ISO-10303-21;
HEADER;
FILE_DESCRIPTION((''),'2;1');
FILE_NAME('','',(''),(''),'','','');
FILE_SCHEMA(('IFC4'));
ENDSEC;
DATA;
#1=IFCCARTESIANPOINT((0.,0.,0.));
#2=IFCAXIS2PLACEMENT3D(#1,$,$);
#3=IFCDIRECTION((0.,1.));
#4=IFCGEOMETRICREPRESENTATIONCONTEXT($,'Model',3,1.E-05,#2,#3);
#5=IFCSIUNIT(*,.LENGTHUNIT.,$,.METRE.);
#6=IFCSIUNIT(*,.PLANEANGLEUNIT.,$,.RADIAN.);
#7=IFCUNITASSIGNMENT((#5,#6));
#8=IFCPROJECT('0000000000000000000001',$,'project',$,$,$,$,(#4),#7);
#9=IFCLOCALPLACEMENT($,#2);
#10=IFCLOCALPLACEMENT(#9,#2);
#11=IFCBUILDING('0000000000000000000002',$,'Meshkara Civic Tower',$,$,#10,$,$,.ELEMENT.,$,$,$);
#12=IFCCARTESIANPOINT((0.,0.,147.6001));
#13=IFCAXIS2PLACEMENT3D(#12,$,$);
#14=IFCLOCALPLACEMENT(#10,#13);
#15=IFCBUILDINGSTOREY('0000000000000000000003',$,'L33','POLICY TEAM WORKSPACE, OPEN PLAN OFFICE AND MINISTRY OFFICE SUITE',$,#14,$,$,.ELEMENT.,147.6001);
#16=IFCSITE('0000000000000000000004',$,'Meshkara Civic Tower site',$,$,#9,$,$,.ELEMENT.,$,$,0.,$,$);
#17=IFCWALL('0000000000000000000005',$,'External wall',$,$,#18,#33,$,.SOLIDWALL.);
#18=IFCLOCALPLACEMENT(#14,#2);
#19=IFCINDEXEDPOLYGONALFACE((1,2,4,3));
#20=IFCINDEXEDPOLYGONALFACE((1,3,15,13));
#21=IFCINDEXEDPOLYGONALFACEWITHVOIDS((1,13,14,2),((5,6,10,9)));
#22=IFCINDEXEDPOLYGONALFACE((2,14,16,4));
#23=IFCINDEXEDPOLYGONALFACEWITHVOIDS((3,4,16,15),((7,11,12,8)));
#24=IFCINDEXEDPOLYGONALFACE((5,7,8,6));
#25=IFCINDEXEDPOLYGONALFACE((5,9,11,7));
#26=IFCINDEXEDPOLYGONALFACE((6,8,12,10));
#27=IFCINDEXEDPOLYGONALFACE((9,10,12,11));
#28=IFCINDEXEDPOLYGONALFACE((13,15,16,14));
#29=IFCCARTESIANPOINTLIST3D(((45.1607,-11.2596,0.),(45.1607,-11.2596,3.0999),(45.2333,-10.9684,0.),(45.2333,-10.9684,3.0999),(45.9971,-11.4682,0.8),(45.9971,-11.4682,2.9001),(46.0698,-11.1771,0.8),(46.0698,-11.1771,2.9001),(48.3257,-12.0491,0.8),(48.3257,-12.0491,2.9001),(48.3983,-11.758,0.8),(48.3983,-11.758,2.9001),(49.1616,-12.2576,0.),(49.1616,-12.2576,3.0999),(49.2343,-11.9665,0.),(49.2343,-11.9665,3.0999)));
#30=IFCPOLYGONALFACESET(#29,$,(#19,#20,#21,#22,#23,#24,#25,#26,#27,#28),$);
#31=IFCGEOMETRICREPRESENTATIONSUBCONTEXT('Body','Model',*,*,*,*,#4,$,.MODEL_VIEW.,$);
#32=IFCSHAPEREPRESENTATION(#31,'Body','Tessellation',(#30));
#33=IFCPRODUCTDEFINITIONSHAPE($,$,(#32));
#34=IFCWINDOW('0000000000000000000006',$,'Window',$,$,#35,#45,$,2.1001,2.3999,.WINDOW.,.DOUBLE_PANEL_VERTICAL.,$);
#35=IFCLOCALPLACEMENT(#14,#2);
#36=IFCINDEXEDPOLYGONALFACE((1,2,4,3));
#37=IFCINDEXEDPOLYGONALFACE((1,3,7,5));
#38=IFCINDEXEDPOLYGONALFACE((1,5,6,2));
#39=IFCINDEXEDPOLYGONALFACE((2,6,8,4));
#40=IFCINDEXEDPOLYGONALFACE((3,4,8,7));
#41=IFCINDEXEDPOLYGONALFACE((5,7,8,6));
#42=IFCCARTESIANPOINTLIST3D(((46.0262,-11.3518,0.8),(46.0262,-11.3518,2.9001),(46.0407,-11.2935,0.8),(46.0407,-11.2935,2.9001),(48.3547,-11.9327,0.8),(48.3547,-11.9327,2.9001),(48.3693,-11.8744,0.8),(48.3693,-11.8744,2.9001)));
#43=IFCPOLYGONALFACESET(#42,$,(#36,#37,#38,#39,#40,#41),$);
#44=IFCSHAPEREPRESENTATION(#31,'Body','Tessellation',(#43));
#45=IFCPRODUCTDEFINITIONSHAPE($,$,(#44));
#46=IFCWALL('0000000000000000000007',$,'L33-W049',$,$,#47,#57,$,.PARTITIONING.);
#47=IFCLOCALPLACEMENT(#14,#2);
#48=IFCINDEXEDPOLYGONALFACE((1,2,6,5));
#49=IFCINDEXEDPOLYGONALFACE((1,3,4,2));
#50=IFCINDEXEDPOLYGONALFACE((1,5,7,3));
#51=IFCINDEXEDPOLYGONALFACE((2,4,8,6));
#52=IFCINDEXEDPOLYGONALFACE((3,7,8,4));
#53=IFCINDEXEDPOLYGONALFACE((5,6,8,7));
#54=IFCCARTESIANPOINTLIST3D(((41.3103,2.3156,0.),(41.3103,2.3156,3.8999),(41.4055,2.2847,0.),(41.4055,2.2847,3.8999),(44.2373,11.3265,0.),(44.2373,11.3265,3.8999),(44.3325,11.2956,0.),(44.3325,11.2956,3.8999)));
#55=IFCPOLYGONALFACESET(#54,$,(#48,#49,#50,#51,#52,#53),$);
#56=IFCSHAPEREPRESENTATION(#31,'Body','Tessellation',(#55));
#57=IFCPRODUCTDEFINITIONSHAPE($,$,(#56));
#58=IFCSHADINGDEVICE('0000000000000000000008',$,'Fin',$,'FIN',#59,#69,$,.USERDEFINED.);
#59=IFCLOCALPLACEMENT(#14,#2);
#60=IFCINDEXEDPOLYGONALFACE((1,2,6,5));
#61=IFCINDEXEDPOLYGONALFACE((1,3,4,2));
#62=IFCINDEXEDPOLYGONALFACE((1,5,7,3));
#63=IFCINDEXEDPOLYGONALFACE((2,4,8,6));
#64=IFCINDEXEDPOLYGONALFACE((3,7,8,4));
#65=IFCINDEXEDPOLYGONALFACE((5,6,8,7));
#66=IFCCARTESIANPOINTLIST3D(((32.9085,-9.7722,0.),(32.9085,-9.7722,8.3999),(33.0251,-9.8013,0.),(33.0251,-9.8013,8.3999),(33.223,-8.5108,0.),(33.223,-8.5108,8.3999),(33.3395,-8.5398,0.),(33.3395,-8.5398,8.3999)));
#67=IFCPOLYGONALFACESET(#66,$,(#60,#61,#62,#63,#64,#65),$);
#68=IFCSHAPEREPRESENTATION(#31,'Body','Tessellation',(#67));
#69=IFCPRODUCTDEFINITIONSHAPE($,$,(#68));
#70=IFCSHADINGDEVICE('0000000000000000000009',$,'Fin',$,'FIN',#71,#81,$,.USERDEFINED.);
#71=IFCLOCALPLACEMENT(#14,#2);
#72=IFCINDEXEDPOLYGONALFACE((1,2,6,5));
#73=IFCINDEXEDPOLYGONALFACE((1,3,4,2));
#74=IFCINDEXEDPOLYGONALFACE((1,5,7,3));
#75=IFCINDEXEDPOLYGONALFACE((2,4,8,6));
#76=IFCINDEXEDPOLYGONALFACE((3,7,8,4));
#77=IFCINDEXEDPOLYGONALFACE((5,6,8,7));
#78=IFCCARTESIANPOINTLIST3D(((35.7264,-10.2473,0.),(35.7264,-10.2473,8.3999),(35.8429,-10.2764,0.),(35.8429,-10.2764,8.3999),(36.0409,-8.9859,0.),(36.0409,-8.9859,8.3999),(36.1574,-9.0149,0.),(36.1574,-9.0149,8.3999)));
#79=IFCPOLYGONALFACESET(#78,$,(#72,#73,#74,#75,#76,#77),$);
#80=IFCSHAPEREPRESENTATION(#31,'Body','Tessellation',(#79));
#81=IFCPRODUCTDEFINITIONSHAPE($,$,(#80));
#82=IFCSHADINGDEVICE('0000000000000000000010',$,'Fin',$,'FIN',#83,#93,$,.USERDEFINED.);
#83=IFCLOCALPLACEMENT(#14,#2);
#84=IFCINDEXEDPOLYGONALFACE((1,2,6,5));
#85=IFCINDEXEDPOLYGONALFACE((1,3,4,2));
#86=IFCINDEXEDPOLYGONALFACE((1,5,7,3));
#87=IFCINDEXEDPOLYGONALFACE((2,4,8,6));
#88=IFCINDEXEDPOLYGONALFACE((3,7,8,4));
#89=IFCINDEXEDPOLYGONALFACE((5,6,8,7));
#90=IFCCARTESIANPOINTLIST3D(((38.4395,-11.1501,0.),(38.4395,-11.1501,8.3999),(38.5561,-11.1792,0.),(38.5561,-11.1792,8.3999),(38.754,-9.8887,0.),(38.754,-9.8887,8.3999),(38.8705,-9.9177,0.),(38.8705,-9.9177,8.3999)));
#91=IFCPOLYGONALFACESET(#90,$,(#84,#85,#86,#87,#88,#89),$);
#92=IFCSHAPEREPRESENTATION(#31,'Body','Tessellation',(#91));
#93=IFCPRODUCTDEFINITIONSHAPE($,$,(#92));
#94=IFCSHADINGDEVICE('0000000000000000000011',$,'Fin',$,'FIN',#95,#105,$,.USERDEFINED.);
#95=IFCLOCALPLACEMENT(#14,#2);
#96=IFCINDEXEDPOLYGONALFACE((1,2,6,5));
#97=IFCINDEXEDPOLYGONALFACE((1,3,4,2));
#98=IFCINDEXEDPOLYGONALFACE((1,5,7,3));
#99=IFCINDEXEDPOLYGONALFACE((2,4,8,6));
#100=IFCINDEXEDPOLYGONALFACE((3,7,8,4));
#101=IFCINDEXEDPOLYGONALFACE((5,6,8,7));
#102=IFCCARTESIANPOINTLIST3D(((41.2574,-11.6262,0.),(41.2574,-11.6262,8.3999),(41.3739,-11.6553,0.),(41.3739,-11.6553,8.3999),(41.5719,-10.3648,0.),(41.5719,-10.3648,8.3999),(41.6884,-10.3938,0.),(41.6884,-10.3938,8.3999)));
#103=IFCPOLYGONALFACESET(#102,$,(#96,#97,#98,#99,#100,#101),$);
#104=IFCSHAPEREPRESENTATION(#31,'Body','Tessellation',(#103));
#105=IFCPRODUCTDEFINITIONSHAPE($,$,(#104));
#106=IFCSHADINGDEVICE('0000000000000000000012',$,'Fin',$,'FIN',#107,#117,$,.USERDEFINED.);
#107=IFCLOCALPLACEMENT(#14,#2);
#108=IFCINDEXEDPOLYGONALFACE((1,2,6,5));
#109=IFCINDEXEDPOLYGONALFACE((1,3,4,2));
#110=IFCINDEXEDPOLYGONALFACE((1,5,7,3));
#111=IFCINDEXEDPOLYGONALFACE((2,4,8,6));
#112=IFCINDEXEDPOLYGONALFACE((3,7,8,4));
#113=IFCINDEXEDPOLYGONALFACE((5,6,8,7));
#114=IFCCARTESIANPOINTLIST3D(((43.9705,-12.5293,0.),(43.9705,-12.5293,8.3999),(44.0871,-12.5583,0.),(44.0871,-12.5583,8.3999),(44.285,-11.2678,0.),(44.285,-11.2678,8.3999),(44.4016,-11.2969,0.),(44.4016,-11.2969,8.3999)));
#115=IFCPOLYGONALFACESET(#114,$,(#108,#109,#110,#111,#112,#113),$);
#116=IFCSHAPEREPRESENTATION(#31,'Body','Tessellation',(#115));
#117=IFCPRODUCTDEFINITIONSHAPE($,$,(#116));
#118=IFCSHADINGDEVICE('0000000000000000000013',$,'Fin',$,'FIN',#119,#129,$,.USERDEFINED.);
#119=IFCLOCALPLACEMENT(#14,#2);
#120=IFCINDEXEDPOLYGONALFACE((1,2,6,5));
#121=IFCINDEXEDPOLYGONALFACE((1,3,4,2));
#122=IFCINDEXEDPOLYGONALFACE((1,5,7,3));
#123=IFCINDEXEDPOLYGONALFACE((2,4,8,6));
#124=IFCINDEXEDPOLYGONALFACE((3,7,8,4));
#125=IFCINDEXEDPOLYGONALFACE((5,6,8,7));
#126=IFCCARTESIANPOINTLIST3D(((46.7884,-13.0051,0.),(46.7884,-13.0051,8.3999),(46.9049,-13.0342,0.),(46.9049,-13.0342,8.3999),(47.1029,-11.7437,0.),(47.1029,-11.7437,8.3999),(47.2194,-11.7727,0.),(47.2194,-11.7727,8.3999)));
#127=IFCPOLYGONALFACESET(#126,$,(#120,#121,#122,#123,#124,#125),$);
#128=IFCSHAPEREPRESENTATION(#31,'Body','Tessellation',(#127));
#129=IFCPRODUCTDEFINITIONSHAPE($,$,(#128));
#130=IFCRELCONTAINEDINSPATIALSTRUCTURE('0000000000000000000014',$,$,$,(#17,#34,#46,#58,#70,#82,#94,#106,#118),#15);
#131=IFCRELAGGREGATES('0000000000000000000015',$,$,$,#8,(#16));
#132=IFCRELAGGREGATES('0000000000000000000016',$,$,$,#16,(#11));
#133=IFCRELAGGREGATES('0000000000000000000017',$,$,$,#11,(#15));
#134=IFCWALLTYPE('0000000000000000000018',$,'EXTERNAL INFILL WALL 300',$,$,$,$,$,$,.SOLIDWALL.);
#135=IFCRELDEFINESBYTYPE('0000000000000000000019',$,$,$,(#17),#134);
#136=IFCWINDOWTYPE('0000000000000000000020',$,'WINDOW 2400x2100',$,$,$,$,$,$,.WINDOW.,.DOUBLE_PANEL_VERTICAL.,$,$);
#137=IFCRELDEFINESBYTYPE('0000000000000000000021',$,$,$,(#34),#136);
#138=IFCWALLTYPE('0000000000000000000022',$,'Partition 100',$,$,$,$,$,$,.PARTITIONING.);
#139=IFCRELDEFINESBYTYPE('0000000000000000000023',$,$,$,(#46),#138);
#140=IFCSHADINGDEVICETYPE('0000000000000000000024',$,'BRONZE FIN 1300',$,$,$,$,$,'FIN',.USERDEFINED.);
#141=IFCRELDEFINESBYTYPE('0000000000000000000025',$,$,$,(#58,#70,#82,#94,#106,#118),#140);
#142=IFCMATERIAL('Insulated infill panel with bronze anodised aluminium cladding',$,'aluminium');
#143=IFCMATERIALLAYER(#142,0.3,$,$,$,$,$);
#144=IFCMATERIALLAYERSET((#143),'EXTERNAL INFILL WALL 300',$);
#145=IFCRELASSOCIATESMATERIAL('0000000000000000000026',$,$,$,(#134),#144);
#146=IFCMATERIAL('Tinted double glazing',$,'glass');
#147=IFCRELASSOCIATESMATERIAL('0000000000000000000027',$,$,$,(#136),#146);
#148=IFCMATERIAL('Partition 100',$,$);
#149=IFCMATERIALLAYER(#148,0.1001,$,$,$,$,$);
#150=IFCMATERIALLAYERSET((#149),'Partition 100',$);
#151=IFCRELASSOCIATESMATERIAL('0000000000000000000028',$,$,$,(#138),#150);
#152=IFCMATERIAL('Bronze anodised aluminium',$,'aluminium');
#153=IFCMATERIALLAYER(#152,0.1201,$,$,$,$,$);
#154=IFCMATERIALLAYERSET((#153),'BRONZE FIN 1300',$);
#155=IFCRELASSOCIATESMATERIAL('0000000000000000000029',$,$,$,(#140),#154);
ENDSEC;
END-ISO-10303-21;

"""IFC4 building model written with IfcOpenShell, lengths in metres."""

from ifc_helpers import new_model, si_unit, direction, frame, frame_2d, origin, origin_2d, place, context, subcontext, project, spatial, rectangle, extrude, material, layer, layer_set, type_object, element, fill, save


model = new_model("IFC4")

# Units and contexts
model_context = context("Model", 3, precision=1e-05, world=origin(), true_north=direction((0.0, 1.0)))
body_context = subcontext(model_context, "Body", "Model", "MODEL_VIEW")
ifc_project = project(units=[si_unit("LENGTHUNIT", "METRE"), si_unit("PLANEANGLEUNIT", "RADIAN")], contexts=[model_context])

# Site, building, storey
site_placement = place(None, origin())
site = spatial("IfcSite", under=ifc_project, at=site_placement, Name="Meshkara Civic Tower site", CompositionType="ELEMENT", RefElevation=0.0)
building_placement = place(site_placement, origin())
building = spatial("IfcBuilding", under=site, at=building_placement, Name="Meshkara Civic Tower", CompositionType="ELEMENT")
storey_placement = place(building_placement, frame((0.0, 0.0, 147.6001)))
storey = spatial("IfcBuildingStorey", under=building, at=storey_placement, Name="L33", Description="POLICY TEAM WORKSPACE, OPEN PLAN OFFICE AND MINISTRY OFFICE SUITE", CompositionType="ELEMENT", Elevation=147.6001)

# Wall, opening, window
ifc_material_1 = material(Name="Insulated infill panel with bronze anodised aluminium cladding", Category="aluminium")
ifc_layer_1 = layer(ifc_material_1, 0.3)
ifc_layer_set_1 = layer_set([ifc_layer_1], Name="EXTERNAL INFILL WALL 300")
wall_type_1 = type_object("IfcWallType", Name="EXTERNAL INFILL WALL 300", PredefinedType="SOLIDWALL", material=ifc_layer_set_1)
ifc_material_2 = material(Name="Tinted double glazing", Category="glass")
window_type = type_object("IfcWindowType", Name="WINDOW 2400x2100", PartitioningType="DOUBLE_PANEL_VERTICAL", PredefinedType="WINDOW", material=ifc_material_2)
wall_1_placement = place(storey_placement, frame((45.197, -11.114, 0.0), z_axis=(0.0, 0.0, 1.0), x_axis=(0.970268, -0.242034, 0.0)))
wall_1 = element("IfcWall", 1, at=wall_1_placement, inside=storey, type_object=wall_type_1, Name="External wall", PredefinedType="SOLIDWALL", context=body_context, shape_type="SweptSolid", body=[
    extrude(rectangle(XDim=4.1235, YDim=0.3, at=frame_2d((2.0618, 0.0))), origin(), (0.0, 0.0, 1.0), 3.0999),
])
opening_1_placement = place(wall_1_placement, frame((0.8621, 0.0, 0.8)))
opening_1 = element("IfcOpeningElement", 2, at=opening_1_placement, cuts=wall_1, PredefinedType="OPENING", context=body_context, shape_type="SweptSolid", body=[
    extrude(rectangle(XDim=2.3999, YDim=2.1001, at=frame_2d((1.2, 1.05))), frame((0.0, 0.1599, 0.0), z_axis=(0.0, -1.0, 0.0), x_axis=(1.0, 0.0, 0.0)), (0.0, 0.0, 1.0), 0.3201),
])
window_1_placement = place(opening_1_placement, origin())
window_1 = element("IfcWindow", 3, at=window_1_placement, inside=storey, type_object=window_type, Name="Window", OverallHeight=2.1001, OverallWidth=2.3999, PartitioningType="DOUBLE_PANEL_VERTICAL", PredefinedType="WINDOW", context=body_context, shape_type="SweptSolid", body=[
    extrude(rectangle(XDim=2.3999, YDim=2.1001, at=frame_2d((1.2, 1.05))), frame((0.0, 0.03, 0.0), z_axis=(0.0, -1.0, 0.0), x_axis=(1.0, 0.0, 0.0)), (0.0, 0.0, 1.0), 0.0601),
])
fill(opening_1, window_1)

# Wall
ifc_material_3 = material(Name="Partition 100")
ifc_layer_2 = layer(ifc_material_3, 0.1001)
ifc_layer_set_2 = layer_set([ifc_layer_2], Name="Partition 100")
wall_type_2 = type_object("IfcWallType", Name="Partition 100", PredefinedType="PARTITIONING", material=ifc_layer_set_2)
wall_2_placement = place(storey_placement, frame((41.3579, 2.3, 0.0), z_axis=(0.0, 0.0, 1.0), x_axis=(0.308936, 0.951083, 0.0)))
element("IfcWall", 4, at=wall_2_placement, inside=storey, type_object=wall_type_2, Name="L33-W049", PredefinedType="PARTITIONING", context=body_context, shape_type="SweptSolid", body=[
    extrude(rectangle(XDim=9.4744, YDim=0.1001, at=frame_2d((4.7373, 0.0))), origin(), (0.0, 0.0, 1.0), 3.8999),
])

# Shading devices
ifc_material_4 = material(Name="Bronze anodised aluminium", Category="aluminium")
ifc_layer_3 = layer(ifc_material_4, 0.1201)
ifc_layer_set_3 = layer_set([ifc_layer_3], Name="BRONZE FIN 1300")
shading_device_type = type_object("IfcShadingDeviceType", Name="BRONZE FIN 1300", ElementType="FIN", PredefinedType="USERDEFINED", material=ifc_layer_set_3)
for number, where, z_axis, x_axis, name in (
    (5, (33.124, -9.156, 0.0), (0.0, 0.0, 1.0), (0.9703, -0.241905, 0.0), "Fin"),
    (6, (35.9419, -9.6311, 0.0), (0.0, 0.0, 1.0), (0.9703, -0.241905, 0.0), "Fin"),
    (7, (38.655, -10.5339, 0.0), (0.0, 0.0, 1.0), (0.9703, -0.241905, 0.0), "Fin"),
    (8, (41.4729, -11.01, 0.0), (0.0, 0.0, 1.0), (0.9703, -0.241905, 0.0), "Fin"),
    (9, (44.186, -11.9131, 0.0), (0.0, 0.0, 1.0), (0.9703, -0.241905, 0.0), "Fin"),
    (10, (47.0039, -12.3889, 0.0), (0.0, 0.0, 1.0), (0.9703, -0.241905, 0.0), "Fin"),
):
    element("IfcShadingDevice", number, at=place(storey_placement, frame(where, z_axis=z_axis, x_axis=x_axis)), inside=storey, type_object=shading_device_type, Name=name, ObjectType="FIN", PredefinedType="USERDEFINED", context=body_context, shape_type="SweptSolid", body=[
        extrude(rectangle(XDim=0.1201, YDim=1.3, at=origin_2d()), origin(), (0.0, 0.0, 1.0), 8.3999),
    ])

save(model, "model.ifc")
